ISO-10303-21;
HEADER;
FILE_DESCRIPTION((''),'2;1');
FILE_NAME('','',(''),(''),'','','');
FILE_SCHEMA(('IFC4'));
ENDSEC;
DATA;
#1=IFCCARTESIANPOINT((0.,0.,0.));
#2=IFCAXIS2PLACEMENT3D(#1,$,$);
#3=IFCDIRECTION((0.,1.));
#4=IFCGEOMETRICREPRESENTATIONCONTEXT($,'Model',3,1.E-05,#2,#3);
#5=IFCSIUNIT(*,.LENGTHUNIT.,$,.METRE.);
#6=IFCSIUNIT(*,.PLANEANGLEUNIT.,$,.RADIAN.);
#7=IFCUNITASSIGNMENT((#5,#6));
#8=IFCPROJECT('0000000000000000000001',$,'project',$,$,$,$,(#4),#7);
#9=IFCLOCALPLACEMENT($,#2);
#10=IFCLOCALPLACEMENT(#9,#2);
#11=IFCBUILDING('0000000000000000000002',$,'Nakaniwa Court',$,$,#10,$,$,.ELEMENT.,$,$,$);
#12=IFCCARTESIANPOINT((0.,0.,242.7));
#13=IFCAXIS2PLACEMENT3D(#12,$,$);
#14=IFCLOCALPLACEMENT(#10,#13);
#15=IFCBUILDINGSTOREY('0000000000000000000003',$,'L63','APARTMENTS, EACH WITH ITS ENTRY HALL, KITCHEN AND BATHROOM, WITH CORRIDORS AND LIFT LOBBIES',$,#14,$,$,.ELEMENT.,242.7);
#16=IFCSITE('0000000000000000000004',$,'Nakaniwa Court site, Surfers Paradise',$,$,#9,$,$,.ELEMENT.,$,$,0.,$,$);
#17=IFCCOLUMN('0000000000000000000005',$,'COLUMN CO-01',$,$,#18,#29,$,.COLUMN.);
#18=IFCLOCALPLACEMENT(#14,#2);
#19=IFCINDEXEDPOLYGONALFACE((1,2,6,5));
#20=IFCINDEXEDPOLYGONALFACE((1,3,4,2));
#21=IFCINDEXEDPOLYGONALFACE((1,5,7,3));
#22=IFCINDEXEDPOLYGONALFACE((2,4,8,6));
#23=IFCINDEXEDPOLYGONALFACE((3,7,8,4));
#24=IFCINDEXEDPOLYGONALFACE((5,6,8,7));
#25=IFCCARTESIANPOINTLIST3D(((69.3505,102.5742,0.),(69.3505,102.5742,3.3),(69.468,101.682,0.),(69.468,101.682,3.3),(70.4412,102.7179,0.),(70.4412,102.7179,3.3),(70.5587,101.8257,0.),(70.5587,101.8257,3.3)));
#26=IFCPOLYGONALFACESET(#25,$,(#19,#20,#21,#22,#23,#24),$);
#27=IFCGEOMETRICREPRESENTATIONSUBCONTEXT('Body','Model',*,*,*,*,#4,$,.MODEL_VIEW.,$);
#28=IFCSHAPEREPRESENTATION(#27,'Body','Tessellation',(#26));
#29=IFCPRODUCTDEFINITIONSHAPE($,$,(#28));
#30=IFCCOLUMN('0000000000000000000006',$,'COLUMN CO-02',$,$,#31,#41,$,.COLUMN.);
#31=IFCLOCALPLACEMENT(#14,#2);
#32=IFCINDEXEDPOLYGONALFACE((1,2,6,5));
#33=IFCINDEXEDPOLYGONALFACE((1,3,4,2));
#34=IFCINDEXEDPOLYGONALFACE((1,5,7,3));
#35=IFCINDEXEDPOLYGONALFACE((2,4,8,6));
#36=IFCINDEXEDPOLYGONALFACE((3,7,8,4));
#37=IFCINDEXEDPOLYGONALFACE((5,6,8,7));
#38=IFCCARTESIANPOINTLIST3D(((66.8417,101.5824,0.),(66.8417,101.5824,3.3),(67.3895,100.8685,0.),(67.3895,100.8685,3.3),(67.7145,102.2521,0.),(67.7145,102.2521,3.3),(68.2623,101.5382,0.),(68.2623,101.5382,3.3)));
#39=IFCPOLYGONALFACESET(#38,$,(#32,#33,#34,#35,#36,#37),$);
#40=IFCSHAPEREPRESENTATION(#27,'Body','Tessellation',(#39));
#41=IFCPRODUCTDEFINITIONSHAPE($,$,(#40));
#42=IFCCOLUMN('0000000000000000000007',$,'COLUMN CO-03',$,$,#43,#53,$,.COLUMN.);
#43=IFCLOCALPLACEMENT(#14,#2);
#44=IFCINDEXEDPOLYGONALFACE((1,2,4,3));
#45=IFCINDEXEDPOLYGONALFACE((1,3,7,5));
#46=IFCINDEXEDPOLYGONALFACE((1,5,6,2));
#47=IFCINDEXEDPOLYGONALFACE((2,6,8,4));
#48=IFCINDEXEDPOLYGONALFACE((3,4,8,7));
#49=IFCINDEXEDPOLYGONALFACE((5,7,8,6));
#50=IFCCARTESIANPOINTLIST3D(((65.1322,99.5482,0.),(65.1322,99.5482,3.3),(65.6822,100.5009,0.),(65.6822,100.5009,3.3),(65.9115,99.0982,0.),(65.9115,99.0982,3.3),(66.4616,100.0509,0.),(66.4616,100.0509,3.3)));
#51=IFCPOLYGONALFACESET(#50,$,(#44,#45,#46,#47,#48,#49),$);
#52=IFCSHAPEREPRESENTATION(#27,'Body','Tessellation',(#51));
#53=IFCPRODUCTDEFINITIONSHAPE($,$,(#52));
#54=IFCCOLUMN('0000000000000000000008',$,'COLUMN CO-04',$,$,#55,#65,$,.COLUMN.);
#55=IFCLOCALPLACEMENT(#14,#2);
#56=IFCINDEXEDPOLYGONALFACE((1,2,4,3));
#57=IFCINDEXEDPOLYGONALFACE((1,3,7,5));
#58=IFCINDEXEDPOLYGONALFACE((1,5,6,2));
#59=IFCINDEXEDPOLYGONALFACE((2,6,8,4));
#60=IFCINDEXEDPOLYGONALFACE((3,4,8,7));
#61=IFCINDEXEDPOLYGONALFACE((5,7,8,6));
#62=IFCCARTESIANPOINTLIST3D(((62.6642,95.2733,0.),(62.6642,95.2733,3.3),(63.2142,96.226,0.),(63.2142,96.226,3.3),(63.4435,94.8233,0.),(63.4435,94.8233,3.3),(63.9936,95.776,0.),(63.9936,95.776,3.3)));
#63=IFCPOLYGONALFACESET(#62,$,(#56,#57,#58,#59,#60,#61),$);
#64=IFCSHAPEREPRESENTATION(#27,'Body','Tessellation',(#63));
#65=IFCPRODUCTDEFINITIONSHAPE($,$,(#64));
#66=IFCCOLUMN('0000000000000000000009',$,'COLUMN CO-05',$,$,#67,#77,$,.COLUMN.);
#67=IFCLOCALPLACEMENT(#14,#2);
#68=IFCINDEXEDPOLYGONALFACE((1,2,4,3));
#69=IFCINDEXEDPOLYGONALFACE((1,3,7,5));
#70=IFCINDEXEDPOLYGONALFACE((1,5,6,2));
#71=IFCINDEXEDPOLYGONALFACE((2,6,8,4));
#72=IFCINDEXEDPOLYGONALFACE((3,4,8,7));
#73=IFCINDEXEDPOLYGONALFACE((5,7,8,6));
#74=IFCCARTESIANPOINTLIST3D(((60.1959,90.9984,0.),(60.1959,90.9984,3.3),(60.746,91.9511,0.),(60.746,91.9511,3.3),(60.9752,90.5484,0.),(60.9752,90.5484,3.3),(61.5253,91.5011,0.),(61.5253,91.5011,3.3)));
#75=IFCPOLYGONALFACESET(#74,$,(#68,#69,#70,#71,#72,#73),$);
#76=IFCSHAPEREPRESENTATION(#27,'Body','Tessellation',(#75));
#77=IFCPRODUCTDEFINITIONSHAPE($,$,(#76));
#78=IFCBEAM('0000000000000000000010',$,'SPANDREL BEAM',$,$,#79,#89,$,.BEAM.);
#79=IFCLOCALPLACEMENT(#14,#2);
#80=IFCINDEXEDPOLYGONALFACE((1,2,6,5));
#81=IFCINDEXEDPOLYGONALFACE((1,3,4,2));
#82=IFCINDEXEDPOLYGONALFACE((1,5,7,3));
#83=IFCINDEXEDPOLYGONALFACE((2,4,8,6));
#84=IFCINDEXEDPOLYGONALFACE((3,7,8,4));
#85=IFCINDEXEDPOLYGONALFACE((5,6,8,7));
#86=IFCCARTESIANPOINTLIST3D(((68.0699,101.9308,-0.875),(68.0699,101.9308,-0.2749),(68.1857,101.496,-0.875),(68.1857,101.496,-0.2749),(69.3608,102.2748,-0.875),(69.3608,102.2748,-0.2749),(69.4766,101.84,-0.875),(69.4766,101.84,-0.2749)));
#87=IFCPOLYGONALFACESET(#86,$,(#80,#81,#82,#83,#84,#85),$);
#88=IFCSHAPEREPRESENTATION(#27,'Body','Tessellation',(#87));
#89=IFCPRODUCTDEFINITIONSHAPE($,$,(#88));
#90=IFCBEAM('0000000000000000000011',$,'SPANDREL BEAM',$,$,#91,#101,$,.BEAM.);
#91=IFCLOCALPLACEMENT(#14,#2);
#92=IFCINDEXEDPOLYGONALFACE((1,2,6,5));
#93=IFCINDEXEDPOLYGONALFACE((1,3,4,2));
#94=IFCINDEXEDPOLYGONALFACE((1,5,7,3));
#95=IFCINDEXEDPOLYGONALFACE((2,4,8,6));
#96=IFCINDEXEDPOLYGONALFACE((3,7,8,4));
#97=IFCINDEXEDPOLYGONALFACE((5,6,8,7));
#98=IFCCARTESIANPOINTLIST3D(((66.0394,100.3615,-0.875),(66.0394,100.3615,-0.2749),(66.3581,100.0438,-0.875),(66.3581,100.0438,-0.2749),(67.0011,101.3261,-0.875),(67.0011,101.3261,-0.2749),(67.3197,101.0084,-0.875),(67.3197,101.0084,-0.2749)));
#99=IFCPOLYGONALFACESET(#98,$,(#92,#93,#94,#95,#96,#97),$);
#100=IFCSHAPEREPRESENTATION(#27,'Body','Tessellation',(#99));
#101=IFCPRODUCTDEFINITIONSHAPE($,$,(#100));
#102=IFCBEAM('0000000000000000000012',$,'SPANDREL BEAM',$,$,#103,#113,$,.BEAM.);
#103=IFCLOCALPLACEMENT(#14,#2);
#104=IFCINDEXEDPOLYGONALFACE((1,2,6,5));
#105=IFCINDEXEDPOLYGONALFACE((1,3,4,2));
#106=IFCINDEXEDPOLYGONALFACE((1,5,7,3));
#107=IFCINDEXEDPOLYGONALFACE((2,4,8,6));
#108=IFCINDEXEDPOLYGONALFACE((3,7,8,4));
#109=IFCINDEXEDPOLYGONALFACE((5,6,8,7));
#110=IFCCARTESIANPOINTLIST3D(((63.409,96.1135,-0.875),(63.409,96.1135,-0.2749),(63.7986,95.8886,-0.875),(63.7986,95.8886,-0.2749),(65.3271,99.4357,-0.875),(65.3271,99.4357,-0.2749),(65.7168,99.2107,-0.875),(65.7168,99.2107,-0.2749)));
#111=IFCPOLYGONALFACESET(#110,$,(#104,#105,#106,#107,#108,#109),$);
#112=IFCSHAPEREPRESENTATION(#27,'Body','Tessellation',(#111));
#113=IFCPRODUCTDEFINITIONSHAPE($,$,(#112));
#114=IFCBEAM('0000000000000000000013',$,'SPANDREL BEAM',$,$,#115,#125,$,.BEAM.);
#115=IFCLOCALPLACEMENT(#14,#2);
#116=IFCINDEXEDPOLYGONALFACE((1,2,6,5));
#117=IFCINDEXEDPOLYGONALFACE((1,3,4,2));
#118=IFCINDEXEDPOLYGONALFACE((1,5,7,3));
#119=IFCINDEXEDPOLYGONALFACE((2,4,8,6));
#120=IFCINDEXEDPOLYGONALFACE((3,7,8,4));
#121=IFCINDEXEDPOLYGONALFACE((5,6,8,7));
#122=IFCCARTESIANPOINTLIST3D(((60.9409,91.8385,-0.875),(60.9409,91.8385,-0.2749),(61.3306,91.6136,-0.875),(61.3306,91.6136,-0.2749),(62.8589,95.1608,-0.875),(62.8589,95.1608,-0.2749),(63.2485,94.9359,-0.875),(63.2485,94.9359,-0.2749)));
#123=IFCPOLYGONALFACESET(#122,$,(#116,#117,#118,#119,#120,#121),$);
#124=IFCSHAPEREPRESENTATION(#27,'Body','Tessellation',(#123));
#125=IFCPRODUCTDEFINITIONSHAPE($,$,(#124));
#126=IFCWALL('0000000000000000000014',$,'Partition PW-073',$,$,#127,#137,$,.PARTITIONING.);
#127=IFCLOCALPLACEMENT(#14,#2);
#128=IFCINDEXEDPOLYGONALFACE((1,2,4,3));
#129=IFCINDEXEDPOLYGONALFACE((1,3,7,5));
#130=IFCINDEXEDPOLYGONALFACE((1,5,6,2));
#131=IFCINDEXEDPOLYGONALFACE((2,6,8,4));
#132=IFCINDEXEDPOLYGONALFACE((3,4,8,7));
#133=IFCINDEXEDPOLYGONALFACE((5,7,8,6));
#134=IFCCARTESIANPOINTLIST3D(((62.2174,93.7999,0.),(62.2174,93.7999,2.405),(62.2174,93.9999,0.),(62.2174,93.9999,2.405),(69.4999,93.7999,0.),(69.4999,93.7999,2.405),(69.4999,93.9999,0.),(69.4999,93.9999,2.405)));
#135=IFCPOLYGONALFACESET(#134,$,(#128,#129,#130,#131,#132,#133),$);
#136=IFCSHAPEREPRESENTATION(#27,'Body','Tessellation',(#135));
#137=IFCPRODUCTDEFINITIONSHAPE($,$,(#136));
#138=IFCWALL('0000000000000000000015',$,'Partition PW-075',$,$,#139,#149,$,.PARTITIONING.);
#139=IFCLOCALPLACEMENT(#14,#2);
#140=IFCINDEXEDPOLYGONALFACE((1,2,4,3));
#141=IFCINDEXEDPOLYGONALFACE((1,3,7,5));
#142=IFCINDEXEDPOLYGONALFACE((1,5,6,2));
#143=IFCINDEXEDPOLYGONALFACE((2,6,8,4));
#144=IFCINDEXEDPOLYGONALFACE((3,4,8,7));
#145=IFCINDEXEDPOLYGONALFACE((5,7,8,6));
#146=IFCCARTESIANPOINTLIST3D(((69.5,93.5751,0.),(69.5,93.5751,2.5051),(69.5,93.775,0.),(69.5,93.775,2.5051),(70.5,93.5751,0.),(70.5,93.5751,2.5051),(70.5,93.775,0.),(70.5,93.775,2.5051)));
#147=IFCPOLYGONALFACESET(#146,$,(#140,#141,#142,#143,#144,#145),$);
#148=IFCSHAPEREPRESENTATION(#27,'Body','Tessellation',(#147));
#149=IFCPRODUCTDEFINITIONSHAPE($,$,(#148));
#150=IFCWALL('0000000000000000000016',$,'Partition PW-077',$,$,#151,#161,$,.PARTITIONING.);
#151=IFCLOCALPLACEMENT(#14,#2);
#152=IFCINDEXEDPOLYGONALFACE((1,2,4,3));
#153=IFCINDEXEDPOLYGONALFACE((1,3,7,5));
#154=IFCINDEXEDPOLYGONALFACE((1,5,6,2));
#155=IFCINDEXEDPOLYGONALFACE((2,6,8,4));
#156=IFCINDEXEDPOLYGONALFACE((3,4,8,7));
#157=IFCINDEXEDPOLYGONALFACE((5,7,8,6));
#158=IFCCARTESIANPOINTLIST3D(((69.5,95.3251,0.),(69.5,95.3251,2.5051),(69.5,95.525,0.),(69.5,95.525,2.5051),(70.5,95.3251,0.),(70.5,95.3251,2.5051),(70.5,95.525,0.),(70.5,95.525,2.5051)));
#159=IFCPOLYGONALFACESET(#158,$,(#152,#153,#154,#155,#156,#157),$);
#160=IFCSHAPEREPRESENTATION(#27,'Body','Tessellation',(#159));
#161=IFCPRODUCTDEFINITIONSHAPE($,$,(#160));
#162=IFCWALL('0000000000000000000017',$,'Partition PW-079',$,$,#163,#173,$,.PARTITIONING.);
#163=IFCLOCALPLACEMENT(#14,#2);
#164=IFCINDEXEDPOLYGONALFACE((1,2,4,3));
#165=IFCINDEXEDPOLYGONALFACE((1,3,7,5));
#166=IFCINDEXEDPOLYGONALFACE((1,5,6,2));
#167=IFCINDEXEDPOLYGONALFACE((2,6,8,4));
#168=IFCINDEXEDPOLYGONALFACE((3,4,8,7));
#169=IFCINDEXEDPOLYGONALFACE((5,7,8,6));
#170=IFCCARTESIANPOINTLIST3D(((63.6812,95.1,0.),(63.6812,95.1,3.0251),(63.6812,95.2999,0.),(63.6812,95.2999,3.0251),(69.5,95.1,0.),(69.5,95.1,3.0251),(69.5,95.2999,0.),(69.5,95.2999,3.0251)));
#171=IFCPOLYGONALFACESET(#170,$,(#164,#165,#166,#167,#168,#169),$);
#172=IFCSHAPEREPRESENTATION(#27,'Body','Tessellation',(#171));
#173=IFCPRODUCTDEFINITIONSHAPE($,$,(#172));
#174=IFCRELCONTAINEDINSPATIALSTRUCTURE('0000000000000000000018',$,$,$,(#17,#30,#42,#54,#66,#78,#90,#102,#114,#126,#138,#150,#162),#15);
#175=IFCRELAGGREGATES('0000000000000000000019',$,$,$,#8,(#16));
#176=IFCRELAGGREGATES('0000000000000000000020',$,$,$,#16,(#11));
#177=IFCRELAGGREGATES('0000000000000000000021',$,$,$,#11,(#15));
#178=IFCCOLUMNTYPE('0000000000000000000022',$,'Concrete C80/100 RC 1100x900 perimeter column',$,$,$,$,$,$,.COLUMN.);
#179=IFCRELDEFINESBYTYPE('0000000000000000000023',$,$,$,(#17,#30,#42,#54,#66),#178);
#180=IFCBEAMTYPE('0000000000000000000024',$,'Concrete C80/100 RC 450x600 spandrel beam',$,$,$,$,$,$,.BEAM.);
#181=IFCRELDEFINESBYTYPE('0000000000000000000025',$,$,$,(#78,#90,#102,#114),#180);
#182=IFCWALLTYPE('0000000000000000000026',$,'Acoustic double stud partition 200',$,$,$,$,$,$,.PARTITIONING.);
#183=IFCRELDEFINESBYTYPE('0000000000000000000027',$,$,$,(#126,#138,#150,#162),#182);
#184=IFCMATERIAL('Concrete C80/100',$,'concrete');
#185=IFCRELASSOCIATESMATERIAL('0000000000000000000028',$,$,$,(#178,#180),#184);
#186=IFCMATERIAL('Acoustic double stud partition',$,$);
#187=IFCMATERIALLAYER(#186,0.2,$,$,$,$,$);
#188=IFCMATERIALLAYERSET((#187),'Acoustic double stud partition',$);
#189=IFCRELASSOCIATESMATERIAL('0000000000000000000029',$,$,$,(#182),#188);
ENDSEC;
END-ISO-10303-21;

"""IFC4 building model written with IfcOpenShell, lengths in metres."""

from ifc_helpers import new_model, si_unit, direction, frame, frame_2d, origin, origin_2d, place, context, subcontext, project, spatial, rectangle, extrude, material, layer, layer_set, material_profile, profile_set, type_object, element, save


model = new_model("IFC4")

# Units and contexts
model_context = context("Model", 3, precision=1e-05, world=origin(), true_north=direction((0.0, 1.0)))
body_context = subcontext(model_context, "Body", "Model", "MODEL_VIEW")
ifc_project = project(units=[si_unit("LENGTHUNIT", "METRE"), si_unit("PLANEANGLEUNIT", "RADIAN")], contexts=[model_context])

# Site, building, storey
site_placement = place(None, origin())
site = spatial("IfcSite", under=ifc_project, at=site_placement, Name="Nakaniwa Court site, Surfers Paradise", CompositionType="ELEMENT", RefElevation=0.0)
building_placement = place(site_placement, origin())
building = spatial("IfcBuilding", under=site, at=building_placement, Name="Nakaniwa Court", CompositionType="ELEMENT")
storey_placement = place(building_placement, frame((0.0, 0.0, 242.7)))
storey = spatial("IfcBuildingStorey", under=building, at=storey_placement, Name="L63", Description="APARTMENTS, EACH WITH ITS ENTRY HALL, KITCHEN AND BATHROOM, WITH CORRIDORS AND LIFT LOBBIES", CompositionType="ELEMENT", Elevation=242.7)

# Columns
ifc_material_1 = material(Name="Concrete C80/100", Category="concrete")
ifc_material_profile_1 = material_profile(ifc_material_1, rectangle(XDim=1.1001, YDim=0.8999, at=origin_2d()), Name="Concrete C80/100 RC 1100x900 perimeter column")
ifc_profile_set_1 = profile_set([ifc_material_profile_1], Name="Concrete C80/100")
column_type = type_object("IfcColumnType", Name="Concrete C80/100 RC 1100x900 perimeter column", PredefinedType="COLUMN", material=ifc_profile_set_1)
for number, where, z_axis, x_axis, name in (
    (1, (69.9546, 102.2, 0.0), (0.0, 0.0, 1.0), (-0.991443, -0.130543, 0.0), "COLUMN CO-01"),
    (2, (67.552, 101.5603, 0.0), (0.0, 0.0, 1.0), (-0.793364, -0.608748, 0.0), "COLUMN CO-02"),
    (3, (65.7969, 99.7996, 0.0), (0.0, 0.0, 1.0), (-0.5, -0.866025, 0.0), "COLUMN CO-03"),
    (4, (63.3289, 95.5247, 0.0), (0.0, 0.0, 1.0), (-0.5, -0.866025, 0.0), "COLUMN CO-04"),
    (5, (60.8606, 91.2498, 0.0), (0.0, 0.0, 1.0), (-0.5, -0.866025, 0.0), "COLUMN CO-05"),
):
    element("IfcColumn", number, at=place(storey_placement, frame(where, z_axis=z_axis, x_axis=x_axis)), inside=storey, type_object=column_type, Name=name, PredefinedType="COLUMN", context=body_context, shape_type="SweptSolid", body=[
        extrude(rectangle(XDim=1.1001, YDim=0.8999, at=origin_2d()), origin(), (0.0, 0.0, 1.0), 3.3),
    ])

# Beams
ifc_material_profile_2 = material_profile(ifc_material_1, rectangle(XDim=0.45, YDim=0.6001, at=origin_2d()), Name="Concrete C80/100 RC 450x600 spandrel beam")
ifc_profile_set_2 = profile_set([ifc_material_profile_2], Name="Concrete C80/100")
beam_type = type_object("IfcBeamType", Name="Concrete C80/100 RC 450x600 spandrel beam", PredefinedType="BEAM", material=ifc_profile_set_2)
beam_1_placement = place(storey_placement, frame((69.4187, 102.0574, -0.575), z_axis=(-0.966286, -0.257469, 0.0), x_axis=(0.257469, -0.966286, 0.0)))
element("IfcBeam", 6, at=beam_1_placement, inside=storey, type_object=beam_type, Name="SPANDREL BEAM", PredefinedType="BEAM", context=body_context, shape_type="SweptSolid", body=[
    extrude(rectangle(XDim=0.45, YDim=0.6001, at=origin_2d()), origin(), (0.0, 0.0, 1.0), 1.3359),
])
beam_2_placement = place(storey_placement, frame((67.1604, 101.1672, -0.575), z_axis=(-0.706031, -0.708181, 0.0), x_axis=(0.708181, -0.706031, 0.0)))
element("IfcBeam", 7, at=beam_2_placement, inside=storey, type_object=beam_type, Name="SPANDREL BEAM", PredefinedType="BEAM", context=body_context, shape_type="SweptSolid", body=[
    extrude(rectangle(XDim=0.45, YDim=0.6001, at=origin_2d()), origin(), (0.0, 0.0, 1.0), 1.3621),
])
for number, where, z_axis, x_axis, name in (
    (8, (65.522, 99.3232, -0.575), (-0.50002, -0.866014, 0.0), (0.866014, -0.50002, 0.0), "SPANDREL BEAM"),
    (9, (63.0537, 95.0483, -0.575), (-0.499972, -0.866041, 0.0), (0.866041, -0.499972, 0.0), "SPANDREL BEAM"),
):
    element("IfcBeam", number, at=place(storey_placement, frame(where, z_axis=z_axis, x_axis=x_axis)), inside=storey, type_object=beam_type, Name=name, PredefinedType="BEAM", context=body_context, shape_type="SweptSolid", body=[
        extrude(rectangle(XDim=0.45, YDim=0.6001, at=origin_2d()), origin(), (0.0, 0.0, 1.0), 3.8362),
    ])

# Walls
ifc_material_2 = material(Name="Acoustic double stud partition")
ifc_layer_1 = layer(ifc_material_2, 0.2)
ifc_layer_set_1 = layer_set([ifc_layer_1], Name="Acoustic double stud partition")
wall_type_1 = type_object("IfcWallType", Name="Acoustic double stud partition 200", PredefinedType="PARTITIONING", material=ifc_layer_set_1)
wall_1_placement = place(storey_placement, frame((62.2175, 93.8999, 0.0), z_axis=(0.0, 0.0, 1.0), x_axis=(1.0, 0.0, 0.0)))
element("IfcWall", 10, at=wall_1_placement, inside=storey, type_object=wall_type_1, Name="Partition PW-073", PredefinedType="PARTITIONING", context=body_context, shape_type="SweptSolid", body=[
    extrude(rectangle(XDim=7.2825, YDim=0.2, at=frame_2d((3.6411, 0.0))), origin(), (0.0, 0.0, 1.0), 2.405),
])
for number, where, z_axis, x_axis, name in (
    (11, (69.5, 93.675, 0.0), (0.0, 0.0, 1.0), (1.0, 0.0, 0.0), "Partition PW-075"),
    (12, (69.5, 95.425, 0.0), (0.0, 0.0, 1.0), (1.0, 0.0, 0.0), "Partition PW-077"),
):
    element("IfcWall", number, at=place(storey_placement, frame(where, z_axis=z_axis, x_axis=x_axis)), inside=storey, type_object=wall_type_1, Name=name, PredefinedType="PARTITIONING", context=body_context, shape_type="SweptSolid", body=[
        extrude(rectangle(XDim=1.0, YDim=0.2, at=frame_2d((0.5, 0.0))), origin(), (0.0, 0.0, 1.0), 2.5051),
    ])
wall_2_placement = place(storey_placement, frame((63.6812, 95.2, 0.0), z_axis=(0.0, 0.0, 1.0), x_axis=(1.0, 0.0, 0.0)))
element("IfcWall", 13, at=wall_2_placement, inside=storey, type_object=wall_type_1, Name="Partition PW-079", PredefinedType="PARTITIONING", context=body_context, shape_type="SweptSolid", body=[
    extrude(rectangle(XDim=5.8188, YDim=0.2, at=frame_2d((2.9094, 0.0))), origin(), (0.0, 0.0, 1.0), 3.0251),
])

save(model, "model.ifc")
